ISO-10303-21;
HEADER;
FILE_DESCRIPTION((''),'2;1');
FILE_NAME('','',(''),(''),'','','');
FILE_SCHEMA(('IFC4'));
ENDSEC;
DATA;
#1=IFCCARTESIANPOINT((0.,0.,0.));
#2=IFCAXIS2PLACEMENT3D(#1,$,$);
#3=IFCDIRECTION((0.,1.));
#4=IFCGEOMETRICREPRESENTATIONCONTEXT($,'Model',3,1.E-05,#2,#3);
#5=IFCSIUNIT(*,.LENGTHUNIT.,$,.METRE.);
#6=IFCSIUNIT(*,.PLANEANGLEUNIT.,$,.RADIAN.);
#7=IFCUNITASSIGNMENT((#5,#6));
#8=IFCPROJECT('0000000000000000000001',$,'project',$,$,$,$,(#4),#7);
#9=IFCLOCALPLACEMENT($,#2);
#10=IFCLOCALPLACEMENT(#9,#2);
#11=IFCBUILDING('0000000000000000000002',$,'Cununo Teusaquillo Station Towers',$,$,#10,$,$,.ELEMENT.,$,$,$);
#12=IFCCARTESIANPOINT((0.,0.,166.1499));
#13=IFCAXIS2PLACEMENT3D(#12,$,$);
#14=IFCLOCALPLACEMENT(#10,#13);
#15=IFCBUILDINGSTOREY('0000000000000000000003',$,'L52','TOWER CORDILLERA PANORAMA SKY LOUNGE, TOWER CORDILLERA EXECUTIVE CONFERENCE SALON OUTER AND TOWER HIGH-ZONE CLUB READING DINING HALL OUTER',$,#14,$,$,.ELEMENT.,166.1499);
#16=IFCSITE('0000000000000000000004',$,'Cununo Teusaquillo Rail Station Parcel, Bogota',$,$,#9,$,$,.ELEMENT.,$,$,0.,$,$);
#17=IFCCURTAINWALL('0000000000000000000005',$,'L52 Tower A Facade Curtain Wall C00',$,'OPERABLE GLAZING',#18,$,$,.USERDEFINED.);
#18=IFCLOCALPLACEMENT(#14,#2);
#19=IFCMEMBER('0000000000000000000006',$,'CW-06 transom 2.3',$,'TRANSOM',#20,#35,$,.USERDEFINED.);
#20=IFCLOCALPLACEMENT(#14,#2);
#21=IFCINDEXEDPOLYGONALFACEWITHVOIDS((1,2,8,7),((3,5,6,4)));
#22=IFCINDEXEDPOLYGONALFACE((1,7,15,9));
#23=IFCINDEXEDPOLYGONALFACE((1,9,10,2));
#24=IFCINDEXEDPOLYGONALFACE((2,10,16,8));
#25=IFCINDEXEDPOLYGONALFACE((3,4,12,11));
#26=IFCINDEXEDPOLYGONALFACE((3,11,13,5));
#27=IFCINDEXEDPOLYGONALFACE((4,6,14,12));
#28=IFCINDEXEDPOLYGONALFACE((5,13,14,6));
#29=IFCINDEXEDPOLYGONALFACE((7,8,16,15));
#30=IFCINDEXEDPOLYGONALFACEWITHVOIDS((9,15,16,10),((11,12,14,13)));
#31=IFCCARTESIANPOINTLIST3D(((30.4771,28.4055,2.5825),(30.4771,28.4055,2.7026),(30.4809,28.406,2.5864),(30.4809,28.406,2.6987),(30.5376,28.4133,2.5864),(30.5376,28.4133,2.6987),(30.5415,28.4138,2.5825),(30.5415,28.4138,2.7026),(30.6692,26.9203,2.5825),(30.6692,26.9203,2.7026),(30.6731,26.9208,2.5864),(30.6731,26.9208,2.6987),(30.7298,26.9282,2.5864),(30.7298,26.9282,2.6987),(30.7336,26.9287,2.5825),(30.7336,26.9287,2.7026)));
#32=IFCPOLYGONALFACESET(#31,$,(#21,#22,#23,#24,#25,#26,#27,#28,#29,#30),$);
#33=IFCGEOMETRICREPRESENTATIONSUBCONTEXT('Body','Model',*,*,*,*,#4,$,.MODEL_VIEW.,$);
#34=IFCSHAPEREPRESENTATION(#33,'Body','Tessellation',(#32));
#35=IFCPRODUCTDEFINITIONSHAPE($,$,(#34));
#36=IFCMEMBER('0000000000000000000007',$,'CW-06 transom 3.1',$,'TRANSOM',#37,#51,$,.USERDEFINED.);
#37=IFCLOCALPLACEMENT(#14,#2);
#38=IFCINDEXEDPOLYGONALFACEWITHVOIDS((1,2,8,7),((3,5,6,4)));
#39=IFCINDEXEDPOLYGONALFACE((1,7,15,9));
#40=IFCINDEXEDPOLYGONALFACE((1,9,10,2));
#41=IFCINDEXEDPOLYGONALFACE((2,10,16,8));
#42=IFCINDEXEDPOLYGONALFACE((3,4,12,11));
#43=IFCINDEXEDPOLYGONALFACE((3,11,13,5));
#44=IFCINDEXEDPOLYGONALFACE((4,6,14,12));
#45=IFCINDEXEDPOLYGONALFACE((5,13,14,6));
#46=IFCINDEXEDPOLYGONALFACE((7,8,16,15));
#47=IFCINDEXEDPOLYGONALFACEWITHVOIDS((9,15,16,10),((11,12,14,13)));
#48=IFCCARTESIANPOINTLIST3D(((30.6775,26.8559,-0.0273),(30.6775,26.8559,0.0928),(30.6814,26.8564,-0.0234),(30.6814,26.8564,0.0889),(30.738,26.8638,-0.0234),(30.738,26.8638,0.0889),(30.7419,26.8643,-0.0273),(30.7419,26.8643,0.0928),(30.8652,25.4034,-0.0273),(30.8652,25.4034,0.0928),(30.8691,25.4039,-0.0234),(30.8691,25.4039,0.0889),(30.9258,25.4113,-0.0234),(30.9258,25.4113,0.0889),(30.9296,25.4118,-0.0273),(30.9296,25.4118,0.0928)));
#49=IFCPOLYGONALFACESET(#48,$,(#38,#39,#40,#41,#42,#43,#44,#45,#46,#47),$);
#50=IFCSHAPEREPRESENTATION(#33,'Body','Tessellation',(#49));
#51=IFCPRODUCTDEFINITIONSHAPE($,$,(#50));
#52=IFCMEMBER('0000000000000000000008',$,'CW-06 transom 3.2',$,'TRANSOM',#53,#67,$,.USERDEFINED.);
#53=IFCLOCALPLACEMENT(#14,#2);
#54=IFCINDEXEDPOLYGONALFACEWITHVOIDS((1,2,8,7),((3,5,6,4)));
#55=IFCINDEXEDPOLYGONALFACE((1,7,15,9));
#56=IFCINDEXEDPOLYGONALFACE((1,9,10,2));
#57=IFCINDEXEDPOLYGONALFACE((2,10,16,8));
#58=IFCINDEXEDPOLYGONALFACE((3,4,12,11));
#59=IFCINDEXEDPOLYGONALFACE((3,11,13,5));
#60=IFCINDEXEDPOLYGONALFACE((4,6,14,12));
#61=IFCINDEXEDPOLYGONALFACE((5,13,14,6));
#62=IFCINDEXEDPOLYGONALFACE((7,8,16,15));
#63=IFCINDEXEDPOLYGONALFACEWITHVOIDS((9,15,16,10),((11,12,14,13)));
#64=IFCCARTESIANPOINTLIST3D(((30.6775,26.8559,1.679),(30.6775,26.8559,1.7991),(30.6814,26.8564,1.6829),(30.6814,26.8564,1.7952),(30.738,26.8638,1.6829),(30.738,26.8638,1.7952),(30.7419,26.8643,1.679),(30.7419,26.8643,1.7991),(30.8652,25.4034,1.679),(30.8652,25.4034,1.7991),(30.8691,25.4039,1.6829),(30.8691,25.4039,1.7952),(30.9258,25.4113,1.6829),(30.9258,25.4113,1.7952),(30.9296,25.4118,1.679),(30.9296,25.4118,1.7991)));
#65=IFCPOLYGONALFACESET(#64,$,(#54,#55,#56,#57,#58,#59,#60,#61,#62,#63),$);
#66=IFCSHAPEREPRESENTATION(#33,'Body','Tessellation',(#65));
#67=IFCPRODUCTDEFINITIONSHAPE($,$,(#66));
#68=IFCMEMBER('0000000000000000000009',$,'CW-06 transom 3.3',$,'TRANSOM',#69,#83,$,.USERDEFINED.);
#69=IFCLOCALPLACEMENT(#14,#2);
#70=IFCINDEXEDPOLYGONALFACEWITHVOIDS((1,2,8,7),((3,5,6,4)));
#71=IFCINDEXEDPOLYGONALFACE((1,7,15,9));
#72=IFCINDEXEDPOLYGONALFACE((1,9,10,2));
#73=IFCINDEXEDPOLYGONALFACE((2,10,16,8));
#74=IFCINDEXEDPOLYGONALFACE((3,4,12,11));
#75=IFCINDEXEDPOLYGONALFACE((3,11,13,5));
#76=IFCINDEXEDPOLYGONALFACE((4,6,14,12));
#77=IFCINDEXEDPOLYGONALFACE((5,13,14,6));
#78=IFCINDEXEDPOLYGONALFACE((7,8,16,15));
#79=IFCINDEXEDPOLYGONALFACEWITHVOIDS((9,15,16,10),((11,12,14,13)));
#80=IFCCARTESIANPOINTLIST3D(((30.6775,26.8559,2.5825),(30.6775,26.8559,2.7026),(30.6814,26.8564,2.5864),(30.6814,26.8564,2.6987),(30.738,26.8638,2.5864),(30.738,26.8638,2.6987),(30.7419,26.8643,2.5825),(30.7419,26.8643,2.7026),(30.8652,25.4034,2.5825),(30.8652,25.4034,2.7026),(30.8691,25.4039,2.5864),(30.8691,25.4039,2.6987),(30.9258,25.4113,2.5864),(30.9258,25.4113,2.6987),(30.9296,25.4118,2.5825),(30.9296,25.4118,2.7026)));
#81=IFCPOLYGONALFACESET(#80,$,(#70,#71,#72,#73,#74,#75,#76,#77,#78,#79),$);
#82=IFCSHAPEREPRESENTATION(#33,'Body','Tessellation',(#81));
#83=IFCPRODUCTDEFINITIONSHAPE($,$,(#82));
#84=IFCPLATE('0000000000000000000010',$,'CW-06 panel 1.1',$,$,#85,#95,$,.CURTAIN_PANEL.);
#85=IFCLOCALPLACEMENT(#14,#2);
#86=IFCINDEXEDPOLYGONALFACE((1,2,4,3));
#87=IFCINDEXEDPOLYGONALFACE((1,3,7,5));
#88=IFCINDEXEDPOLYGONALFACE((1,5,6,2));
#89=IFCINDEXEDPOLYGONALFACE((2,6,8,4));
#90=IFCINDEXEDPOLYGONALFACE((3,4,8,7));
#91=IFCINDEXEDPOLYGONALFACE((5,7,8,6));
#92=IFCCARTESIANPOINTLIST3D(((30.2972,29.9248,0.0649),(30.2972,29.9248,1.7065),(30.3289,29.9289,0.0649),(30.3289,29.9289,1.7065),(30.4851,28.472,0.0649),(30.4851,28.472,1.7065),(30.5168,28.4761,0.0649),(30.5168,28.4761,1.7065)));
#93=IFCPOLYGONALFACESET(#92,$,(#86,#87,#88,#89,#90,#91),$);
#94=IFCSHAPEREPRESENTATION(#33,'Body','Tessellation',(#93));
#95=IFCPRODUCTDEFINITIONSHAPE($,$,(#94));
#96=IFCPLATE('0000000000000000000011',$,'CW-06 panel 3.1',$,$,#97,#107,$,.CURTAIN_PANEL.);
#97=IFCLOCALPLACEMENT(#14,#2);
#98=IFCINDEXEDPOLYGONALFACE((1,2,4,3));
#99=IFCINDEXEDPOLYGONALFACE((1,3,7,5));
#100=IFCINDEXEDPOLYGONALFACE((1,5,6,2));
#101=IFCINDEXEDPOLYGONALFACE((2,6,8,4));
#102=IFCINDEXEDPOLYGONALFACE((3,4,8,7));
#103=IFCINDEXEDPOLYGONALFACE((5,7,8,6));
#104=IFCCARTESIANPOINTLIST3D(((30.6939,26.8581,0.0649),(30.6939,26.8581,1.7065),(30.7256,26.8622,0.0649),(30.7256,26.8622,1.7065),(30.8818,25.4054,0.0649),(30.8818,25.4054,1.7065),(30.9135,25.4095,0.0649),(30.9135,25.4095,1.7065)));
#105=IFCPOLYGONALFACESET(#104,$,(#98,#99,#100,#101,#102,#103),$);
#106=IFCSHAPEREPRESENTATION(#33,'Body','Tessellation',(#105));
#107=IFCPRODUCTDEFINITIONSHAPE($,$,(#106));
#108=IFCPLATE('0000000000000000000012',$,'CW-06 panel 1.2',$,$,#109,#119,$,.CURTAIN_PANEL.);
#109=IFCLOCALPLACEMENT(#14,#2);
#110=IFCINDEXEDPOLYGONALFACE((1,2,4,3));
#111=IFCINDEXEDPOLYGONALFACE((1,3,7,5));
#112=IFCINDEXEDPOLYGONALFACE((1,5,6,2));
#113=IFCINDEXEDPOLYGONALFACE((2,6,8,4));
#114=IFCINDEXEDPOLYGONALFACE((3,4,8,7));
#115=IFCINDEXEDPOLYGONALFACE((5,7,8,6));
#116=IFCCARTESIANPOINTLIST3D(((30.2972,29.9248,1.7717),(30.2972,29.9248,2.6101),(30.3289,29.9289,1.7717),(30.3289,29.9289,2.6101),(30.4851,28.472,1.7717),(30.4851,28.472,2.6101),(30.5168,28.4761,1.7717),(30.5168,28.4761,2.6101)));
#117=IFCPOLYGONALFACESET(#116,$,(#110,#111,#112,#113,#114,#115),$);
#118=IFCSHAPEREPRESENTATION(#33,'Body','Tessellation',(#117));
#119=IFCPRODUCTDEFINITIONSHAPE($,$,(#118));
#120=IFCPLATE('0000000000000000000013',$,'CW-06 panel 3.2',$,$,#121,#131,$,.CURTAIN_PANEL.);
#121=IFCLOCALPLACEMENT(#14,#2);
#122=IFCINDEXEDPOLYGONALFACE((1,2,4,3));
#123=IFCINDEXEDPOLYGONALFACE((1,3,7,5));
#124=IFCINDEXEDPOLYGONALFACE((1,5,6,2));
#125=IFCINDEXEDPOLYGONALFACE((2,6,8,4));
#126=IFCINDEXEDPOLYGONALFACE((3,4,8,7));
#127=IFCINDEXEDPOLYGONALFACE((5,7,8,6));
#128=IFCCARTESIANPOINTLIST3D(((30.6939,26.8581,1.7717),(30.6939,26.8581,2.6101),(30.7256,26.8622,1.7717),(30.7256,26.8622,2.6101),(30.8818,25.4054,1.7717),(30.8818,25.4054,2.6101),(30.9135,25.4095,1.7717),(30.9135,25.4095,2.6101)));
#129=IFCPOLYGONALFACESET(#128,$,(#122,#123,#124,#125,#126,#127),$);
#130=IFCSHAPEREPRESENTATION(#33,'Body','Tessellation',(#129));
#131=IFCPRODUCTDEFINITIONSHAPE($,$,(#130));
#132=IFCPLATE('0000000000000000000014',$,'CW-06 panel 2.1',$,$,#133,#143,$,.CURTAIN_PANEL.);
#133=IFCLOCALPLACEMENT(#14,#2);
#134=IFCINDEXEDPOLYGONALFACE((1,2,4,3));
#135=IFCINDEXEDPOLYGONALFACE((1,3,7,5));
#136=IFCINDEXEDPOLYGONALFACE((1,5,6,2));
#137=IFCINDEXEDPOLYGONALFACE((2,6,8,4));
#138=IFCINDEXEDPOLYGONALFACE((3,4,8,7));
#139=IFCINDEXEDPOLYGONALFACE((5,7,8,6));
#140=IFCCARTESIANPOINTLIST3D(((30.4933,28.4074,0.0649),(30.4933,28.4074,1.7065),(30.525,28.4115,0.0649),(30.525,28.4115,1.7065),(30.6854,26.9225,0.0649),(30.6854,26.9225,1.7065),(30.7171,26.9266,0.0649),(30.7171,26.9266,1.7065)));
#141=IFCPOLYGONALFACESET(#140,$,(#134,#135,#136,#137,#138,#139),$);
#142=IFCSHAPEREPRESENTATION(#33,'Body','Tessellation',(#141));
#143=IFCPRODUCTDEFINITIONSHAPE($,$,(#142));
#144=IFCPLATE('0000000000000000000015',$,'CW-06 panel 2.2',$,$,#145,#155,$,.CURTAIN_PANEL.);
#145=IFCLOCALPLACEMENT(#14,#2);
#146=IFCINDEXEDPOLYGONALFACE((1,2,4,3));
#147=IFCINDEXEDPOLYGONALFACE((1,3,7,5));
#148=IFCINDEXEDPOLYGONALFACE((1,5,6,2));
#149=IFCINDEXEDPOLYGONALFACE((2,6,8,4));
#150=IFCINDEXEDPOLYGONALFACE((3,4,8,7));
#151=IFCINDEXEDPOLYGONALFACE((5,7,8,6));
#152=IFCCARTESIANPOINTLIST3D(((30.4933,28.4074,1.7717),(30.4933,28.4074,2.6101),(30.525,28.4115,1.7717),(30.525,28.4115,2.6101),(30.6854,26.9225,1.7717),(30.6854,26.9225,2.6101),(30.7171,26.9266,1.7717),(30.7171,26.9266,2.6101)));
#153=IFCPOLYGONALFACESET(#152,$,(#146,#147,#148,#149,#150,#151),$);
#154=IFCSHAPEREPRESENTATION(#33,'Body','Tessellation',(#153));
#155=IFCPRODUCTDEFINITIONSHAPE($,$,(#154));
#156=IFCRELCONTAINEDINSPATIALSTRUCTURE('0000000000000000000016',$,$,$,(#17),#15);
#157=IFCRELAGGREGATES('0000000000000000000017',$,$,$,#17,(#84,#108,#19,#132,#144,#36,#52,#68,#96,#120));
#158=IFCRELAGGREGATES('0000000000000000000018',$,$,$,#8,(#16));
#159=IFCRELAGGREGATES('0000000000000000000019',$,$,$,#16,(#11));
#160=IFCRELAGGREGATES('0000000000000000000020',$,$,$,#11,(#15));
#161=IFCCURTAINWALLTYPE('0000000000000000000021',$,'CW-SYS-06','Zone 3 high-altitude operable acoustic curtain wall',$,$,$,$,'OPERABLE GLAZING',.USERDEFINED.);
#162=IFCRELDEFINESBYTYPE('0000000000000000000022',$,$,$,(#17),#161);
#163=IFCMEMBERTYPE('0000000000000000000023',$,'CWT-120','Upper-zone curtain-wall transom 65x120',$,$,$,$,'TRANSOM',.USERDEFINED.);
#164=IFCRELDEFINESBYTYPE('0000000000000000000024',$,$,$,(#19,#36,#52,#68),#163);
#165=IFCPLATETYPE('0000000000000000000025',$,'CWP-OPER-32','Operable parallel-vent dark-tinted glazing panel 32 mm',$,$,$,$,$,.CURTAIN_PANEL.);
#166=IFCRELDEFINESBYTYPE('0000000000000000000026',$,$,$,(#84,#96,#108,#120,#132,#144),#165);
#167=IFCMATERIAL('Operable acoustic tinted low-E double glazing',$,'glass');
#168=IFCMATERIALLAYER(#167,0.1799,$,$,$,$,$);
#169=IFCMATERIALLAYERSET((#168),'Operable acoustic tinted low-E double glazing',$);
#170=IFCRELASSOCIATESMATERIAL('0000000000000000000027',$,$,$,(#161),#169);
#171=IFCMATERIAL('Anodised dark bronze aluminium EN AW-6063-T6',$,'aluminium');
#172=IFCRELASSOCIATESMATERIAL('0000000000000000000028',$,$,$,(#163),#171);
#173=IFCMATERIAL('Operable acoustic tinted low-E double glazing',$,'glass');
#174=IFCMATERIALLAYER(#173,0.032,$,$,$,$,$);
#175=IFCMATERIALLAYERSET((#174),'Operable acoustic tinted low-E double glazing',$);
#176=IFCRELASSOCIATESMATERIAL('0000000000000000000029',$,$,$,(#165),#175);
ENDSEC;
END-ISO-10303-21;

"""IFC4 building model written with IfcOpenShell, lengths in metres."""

from ifc_helpers import new_model, si_unit, direction, frame, origin, origin_2d, place, context, subcontext, project, spatial, rectangle, hollow_rectangle, extrude, source, transform, mapped, material, layer, layer_set, material_profile, profile_set, type_object, element, aggregate, save


model = new_model("IFC4")

# Units and contexts
model_context = context("Model", 3, precision=1e-05, world=origin(), true_north=direction((0.0, 1.0)))
body_context = subcontext(model_context, "Body", "Model", "MODEL_VIEW")
ifc_project = project(units=[si_unit("LENGTHUNIT", "METRE"), si_unit("PLANEANGLEUNIT", "RADIAN")], contexts=[model_context])

# Site, building, storey
site_placement = place(None, origin())
site = spatial("IfcSite", under=ifc_project, at=site_placement, Name="Cununo Teusaquillo Rail Station Parcel, Bogota", CompositionType="ELEMENT", RefElevation=0.0)
building_placement = place(site_placement, origin())
building = spatial("IfcBuilding", under=site, at=building_placement, Name="Cununo Teusaquillo Station Towers", CompositionType="ELEMENT")
storey_placement = place(building_placement, frame((0.0, 0.0, 166.1499)))
storey = spatial("IfcBuildingStorey", under=building, at=storey_placement, Name="L52", Description="TOWER CORDILLERA PANORAMA SKY LOUNGE, TOWER CORDILLERA EXECUTIVE CONFERENCE SALON OUTER AND TOWER HIGH-ZONE CLUB READING DINING HALL OUTER", CompositionType="ELEMENT", Elevation=166.1499)

# Curtain wall, members, plates
ifc_material_1 = material(Name="Operable acoustic tinted low-E double glazing", Category="glass")
ifc_layer_1 = layer(ifc_material_1, 0.1799)
ifc_layer_set_1 = layer_set([ifc_layer_1], Name="Operable acoustic tinted low-E double glazing")
curtain_wall_type = type_object("IfcCurtainWallType", Name="CW-SYS-06", Description="Zone 3 high-altitude operable acoustic curtain wall", ElementType="OPERABLE GLAZING", PredefinedType="USERDEFINED", material=ifc_layer_set_1)
curtain_wall_placement = place(storey_placement, origin())
curtain_wall = element("IfcCurtainWall", 1, at=curtain_wall_placement, inside=storey, type_object=curtain_wall_type, Name="L52 Tower A Facade Curtain Wall C00", ObjectType="OPERABLE GLAZING", PredefinedType="USERDEFINED")
ifc_material_2 = material(Name="Anodised dark bronze aluminium EN AW-6063-T6", Category="aluminium")
ifc_material_profile_1 = material_profile(ifc_material_2, hollow_rectangle(XDim=0.0649, YDim=0.1201, WallThickness=0.0039, at=origin_2d()), Name="CW-TRAN-65x120")
ifc_profile_set_1 = profile_set([ifc_material_profile_1], Name="Anodised dark bronze aluminium EN AW-6063-T6")
member_type_1 = type_object("IfcMemberType", Name="CWT-120", Description="Upper-zone curtain-wall transom 65x120", ElementType="TRANSOM", PredefinedType="USERDEFINED", material=ifc_profile_set_1)
member_1_placement = place(storey_placement, frame((30.5093, 28.4097, 2.6426), z_axis=(0.128308, -0.991734, 0.0), x_axis=(0.991734, 0.128308, 0.0)))
member_1 = element("IfcMember", 2, at=member_1_placement, type_object=member_type_1, Name="CW-06 transom 2.3", ObjectType="TRANSOM", PredefinedType="USERDEFINED", context=body_context, shape_type="SweptSolid", body=[
    extrude(hollow_rectangle(XDim=0.0649, YDim=0.1201, WallThickness=0.0039, at=origin_2d()), origin(), (0.0, 0.0, 1.0), 1.4976),
])
member_2_placement = place(storey_placement, frame((30.7097, 26.8601, 0.0327), z_axis=(0.128178, -0.991751, 0.0), x_axis=(0.991751, 0.128178, 0.0)))
member_2 = element("IfcMember", 3, at=member_2_placement, type_object=member_type_1, Name="CW-06 transom 3.1", ObjectType="TRANSOM", PredefinedType="USERDEFINED", context=body_context, shape_type="SweptSolid", body=[
    extrude(hollow_rectangle(XDim=0.0649, YDim=0.1201, WallThickness=0.0039, at=origin_2d()), origin(), (0.0, 0.0, 1.0), 1.4646),
])
member_3_placement = place(storey_placement, frame((30.7097, 26.8601, 1.739), z_axis=(0.128178, -0.991751, 0.0), x_axis=(0.991751, 0.128178, 0.0)))
member_3 = element("IfcMember", 4, at=member_3_placement, type_object=member_type_1, Name="CW-06 transom 3.2", ObjectType="TRANSOM", PredefinedType="USERDEFINED", context=body_context, shape_type="SweptSolid", body=[
    extrude(hollow_rectangle(XDim=0.0649, YDim=0.1201, WallThickness=0.0039, at=origin_2d()), origin(), (0.0, 0.0, 1.0), 1.4646),
])
member_4_placement = place(storey_placement, frame((30.7097, 26.8601, 2.6426), z_axis=(0.128178, -0.991751, 0.0), x_axis=(0.991751, 0.128178, 0.0)))
member_4 = element("IfcMember", 5, at=member_4_placement, type_object=member_type_1, Name="CW-06 transom 3.3", ObjectType="TRANSOM", PredefinedType="USERDEFINED", context=body_context, shape_type="SweptSolid", body=[
    extrude(hollow_rectangle(XDim=0.0649, YDim=0.1201, WallThickness=0.0039, at=origin_2d()), origin(), (0.0, 0.0, 1.0), 1.4646),
])
ifc_material_3 = material(Name="Operable acoustic tinted low-E double glazing", Category="glass")
ifc_layer_2 = layer(ifc_material_3, 0.032)
ifc_layer_set_2 = layer_set([ifc_layer_2], Name="Operable acoustic tinted low-E double glazing")
plate_type = type_object("IfcPlateType", Name="CWP-OPER-32", Description="Operable parallel-vent dark-tinted glazing panel 32 mm", PredefinedType="CURTAIN_PANEL", material=ifc_layer_set_2)
shared_shape_1 = source(origin(), body_context, "Body", "SweptSolid", [
    extrude(rectangle(XDim=1.4648, YDim=0.032, at=origin_2d()), origin(), (0.0, 0.0, 1.0), 1.6416),
])
plate_1_placement = place(storey_placement, frame((30.407, 29.2004, 0.0649), z_axis=(0.0, 0.0, 1.0), x_axis=(0.128293, -0.991736, 0.0)))
plate_1 = element("IfcPlate", 6, at=plate_1_placement, type_object=plate_type, Name="CW-06 panel 1.1", PredefinedType="CURTAIN_PANEL", context=body_context, shape_type="MappedRepresentation", body=[
    mapped(shared_shape_1, transform((0.0, 0.0, 0.0), x_axis=(1.0, 0.0, 0.0), y_axis=(0.0, 1.0, 0.0), z_axis=(0.0, 0.0, 1.0), scale=1.0)),
])
plate_2_placement = place(storey_placement, frame((30.8037, 26.1338, 0.0649), z_axis=(0.0, 0.0, 1.0), x_axis=(0.128293, -0.991736, 0.0)))
plate_2 = element("IfcPlate", 7, at=plate_2_placement, type_object=plate_type, Name="CW-06 panel 3.1", PredefinedType="CURTAIN_PANEL", context=body_context, shape_type="MappedRepresentation", body=[
    mapped(shared_shape_1, transform((0.0, 0.0, 0.0), x_axis=(1.0, 0.0, 0.0), y_axis=(0.0, 1.0, 0.0), z_axis=(0.0, 0.0, 1.0), scale=1.0)),
])
shared_shape_2 = source(origin(), body_context, "Body", "SweptSolid", [
    extrude(rectangle(XDim=1.4648, YDim=0.032, at=origin_2d()), origin(), (0.0, 0.0, 1.0), 0.8384),
])
plate_3_placement = place(storey_placement, frame((30.407, 29.2004, 1.7717), z_axis=(0.0, 0.0, 1.0), x_axis=(0.128293, -0.991736, 0.0)))
plate_3 = element("IfcPlate", 8, at=plate_3_placement, type_object=plate_type, Name="CW-06 panel 1.2", PredefinedType="CURTAIN_PANEL", context=body_context, shape_type="MappedRepresentation", body=[
    mapped(shared_shape_2, transform((0.0, 0.0, 0.0), x_axis=(1.0, 0.0, 0.0), y_axis=(0.0, 1.0, 0.0), z_axis=(0.0, 0.0, 1.0), scale=1.0)),
])
plate_4_placement = place(storey_placement, frame((30.8037, 26.1338, 1.7717), z_axis=(0.0, 0.0, 1.0), x_axis=(0.128293, -0.991736, 0.0)))
plate_4 = element("IfcPlate", 9, at=plate_4_placement, type_object=plate_type, Name="CW-06 panel 3.2", PredefinedType="CURTAIN_PANEL", context=body_context, shape_type="MappedRepresentation", body=[
    mapped(shared_shape_2, transform((0.0, 0.0, 0.0), x_axis=(1.0, 0.0, 0.0), y_axis=(0.0, 1.0, 0.0), z_axis=(0.0, 0.0, 1.0), scale=1.0)),
])
shared_shape_3 = source(origin(), body_context, "Body", "SweptSolid", [
    extrude(rectangle(XDim=1.4973, YDim=0.032, at=origin_2d()), origin(), (0.0, 0.0, 1.0), 1.6416),
])
plate_5_placement = place(storey_placement, frame((30.6052, 27.667, 0.0649), z_axis=(0.0, 0.0, 1.0), x_axis=(0.128293, -0.991736, 0.0)))
plate_5 = element("IfcPlate", 10, at=plate_5_placement, type_object=plate_type, Name="CW-06 panel 2.1", PredefinedType="CURTAIN_PANEL", context=body_context, shape_type="MappedRepresentation", body=[
    mapped(shared_shape_3, transform((0.0, 0.0, 0.0), x_axis=(1.0, 0.0, 0.0), y_axis=(0.0, 1.0, 0.0), z_axis=(0.0, 0.0, 1.0), scale=1.0)),
])
shared_shape_4 = source(origin(), body_context, "Body", "SweptSolid", [
    extrude(rectangle(XDim=1.4973, YDim=0.032, at=origin_2d()), origin(), (0.0, 0.0, 1.0), 0.8384),
])
plate_6_placement = place(storey_placement, frame((30.6052, 27.667, 1.7717), z_axis=(0.0, 0.0, 1.0), x_axis=(0.128293, -0.991736, 0.0)))
plate_6 = element("IfcPlate", 11, at=plate_6_placement, type_object=plate_type, Name="CW-06 panel 2.2", PredefinedType="CURTAIN_PANEL", context=body_context, shape_type="MappedRepresentation", body=[
    mapped(shared_shape_4, transform((0.0, 0.0, 0.0), x_axis=(1.0, 0.0, 0.0), y_axis=(0.0, 1.0, 0.0), z_axis=(0.0, 0.0, 1.0), scale=1.0)),
])
aggregate(curtain_wall, [plate_1, plate_3, member_1, plate_5, plate_6, member_2, member_3, member_4, plate_2, plate_4])

save(model, "model.ifc")
